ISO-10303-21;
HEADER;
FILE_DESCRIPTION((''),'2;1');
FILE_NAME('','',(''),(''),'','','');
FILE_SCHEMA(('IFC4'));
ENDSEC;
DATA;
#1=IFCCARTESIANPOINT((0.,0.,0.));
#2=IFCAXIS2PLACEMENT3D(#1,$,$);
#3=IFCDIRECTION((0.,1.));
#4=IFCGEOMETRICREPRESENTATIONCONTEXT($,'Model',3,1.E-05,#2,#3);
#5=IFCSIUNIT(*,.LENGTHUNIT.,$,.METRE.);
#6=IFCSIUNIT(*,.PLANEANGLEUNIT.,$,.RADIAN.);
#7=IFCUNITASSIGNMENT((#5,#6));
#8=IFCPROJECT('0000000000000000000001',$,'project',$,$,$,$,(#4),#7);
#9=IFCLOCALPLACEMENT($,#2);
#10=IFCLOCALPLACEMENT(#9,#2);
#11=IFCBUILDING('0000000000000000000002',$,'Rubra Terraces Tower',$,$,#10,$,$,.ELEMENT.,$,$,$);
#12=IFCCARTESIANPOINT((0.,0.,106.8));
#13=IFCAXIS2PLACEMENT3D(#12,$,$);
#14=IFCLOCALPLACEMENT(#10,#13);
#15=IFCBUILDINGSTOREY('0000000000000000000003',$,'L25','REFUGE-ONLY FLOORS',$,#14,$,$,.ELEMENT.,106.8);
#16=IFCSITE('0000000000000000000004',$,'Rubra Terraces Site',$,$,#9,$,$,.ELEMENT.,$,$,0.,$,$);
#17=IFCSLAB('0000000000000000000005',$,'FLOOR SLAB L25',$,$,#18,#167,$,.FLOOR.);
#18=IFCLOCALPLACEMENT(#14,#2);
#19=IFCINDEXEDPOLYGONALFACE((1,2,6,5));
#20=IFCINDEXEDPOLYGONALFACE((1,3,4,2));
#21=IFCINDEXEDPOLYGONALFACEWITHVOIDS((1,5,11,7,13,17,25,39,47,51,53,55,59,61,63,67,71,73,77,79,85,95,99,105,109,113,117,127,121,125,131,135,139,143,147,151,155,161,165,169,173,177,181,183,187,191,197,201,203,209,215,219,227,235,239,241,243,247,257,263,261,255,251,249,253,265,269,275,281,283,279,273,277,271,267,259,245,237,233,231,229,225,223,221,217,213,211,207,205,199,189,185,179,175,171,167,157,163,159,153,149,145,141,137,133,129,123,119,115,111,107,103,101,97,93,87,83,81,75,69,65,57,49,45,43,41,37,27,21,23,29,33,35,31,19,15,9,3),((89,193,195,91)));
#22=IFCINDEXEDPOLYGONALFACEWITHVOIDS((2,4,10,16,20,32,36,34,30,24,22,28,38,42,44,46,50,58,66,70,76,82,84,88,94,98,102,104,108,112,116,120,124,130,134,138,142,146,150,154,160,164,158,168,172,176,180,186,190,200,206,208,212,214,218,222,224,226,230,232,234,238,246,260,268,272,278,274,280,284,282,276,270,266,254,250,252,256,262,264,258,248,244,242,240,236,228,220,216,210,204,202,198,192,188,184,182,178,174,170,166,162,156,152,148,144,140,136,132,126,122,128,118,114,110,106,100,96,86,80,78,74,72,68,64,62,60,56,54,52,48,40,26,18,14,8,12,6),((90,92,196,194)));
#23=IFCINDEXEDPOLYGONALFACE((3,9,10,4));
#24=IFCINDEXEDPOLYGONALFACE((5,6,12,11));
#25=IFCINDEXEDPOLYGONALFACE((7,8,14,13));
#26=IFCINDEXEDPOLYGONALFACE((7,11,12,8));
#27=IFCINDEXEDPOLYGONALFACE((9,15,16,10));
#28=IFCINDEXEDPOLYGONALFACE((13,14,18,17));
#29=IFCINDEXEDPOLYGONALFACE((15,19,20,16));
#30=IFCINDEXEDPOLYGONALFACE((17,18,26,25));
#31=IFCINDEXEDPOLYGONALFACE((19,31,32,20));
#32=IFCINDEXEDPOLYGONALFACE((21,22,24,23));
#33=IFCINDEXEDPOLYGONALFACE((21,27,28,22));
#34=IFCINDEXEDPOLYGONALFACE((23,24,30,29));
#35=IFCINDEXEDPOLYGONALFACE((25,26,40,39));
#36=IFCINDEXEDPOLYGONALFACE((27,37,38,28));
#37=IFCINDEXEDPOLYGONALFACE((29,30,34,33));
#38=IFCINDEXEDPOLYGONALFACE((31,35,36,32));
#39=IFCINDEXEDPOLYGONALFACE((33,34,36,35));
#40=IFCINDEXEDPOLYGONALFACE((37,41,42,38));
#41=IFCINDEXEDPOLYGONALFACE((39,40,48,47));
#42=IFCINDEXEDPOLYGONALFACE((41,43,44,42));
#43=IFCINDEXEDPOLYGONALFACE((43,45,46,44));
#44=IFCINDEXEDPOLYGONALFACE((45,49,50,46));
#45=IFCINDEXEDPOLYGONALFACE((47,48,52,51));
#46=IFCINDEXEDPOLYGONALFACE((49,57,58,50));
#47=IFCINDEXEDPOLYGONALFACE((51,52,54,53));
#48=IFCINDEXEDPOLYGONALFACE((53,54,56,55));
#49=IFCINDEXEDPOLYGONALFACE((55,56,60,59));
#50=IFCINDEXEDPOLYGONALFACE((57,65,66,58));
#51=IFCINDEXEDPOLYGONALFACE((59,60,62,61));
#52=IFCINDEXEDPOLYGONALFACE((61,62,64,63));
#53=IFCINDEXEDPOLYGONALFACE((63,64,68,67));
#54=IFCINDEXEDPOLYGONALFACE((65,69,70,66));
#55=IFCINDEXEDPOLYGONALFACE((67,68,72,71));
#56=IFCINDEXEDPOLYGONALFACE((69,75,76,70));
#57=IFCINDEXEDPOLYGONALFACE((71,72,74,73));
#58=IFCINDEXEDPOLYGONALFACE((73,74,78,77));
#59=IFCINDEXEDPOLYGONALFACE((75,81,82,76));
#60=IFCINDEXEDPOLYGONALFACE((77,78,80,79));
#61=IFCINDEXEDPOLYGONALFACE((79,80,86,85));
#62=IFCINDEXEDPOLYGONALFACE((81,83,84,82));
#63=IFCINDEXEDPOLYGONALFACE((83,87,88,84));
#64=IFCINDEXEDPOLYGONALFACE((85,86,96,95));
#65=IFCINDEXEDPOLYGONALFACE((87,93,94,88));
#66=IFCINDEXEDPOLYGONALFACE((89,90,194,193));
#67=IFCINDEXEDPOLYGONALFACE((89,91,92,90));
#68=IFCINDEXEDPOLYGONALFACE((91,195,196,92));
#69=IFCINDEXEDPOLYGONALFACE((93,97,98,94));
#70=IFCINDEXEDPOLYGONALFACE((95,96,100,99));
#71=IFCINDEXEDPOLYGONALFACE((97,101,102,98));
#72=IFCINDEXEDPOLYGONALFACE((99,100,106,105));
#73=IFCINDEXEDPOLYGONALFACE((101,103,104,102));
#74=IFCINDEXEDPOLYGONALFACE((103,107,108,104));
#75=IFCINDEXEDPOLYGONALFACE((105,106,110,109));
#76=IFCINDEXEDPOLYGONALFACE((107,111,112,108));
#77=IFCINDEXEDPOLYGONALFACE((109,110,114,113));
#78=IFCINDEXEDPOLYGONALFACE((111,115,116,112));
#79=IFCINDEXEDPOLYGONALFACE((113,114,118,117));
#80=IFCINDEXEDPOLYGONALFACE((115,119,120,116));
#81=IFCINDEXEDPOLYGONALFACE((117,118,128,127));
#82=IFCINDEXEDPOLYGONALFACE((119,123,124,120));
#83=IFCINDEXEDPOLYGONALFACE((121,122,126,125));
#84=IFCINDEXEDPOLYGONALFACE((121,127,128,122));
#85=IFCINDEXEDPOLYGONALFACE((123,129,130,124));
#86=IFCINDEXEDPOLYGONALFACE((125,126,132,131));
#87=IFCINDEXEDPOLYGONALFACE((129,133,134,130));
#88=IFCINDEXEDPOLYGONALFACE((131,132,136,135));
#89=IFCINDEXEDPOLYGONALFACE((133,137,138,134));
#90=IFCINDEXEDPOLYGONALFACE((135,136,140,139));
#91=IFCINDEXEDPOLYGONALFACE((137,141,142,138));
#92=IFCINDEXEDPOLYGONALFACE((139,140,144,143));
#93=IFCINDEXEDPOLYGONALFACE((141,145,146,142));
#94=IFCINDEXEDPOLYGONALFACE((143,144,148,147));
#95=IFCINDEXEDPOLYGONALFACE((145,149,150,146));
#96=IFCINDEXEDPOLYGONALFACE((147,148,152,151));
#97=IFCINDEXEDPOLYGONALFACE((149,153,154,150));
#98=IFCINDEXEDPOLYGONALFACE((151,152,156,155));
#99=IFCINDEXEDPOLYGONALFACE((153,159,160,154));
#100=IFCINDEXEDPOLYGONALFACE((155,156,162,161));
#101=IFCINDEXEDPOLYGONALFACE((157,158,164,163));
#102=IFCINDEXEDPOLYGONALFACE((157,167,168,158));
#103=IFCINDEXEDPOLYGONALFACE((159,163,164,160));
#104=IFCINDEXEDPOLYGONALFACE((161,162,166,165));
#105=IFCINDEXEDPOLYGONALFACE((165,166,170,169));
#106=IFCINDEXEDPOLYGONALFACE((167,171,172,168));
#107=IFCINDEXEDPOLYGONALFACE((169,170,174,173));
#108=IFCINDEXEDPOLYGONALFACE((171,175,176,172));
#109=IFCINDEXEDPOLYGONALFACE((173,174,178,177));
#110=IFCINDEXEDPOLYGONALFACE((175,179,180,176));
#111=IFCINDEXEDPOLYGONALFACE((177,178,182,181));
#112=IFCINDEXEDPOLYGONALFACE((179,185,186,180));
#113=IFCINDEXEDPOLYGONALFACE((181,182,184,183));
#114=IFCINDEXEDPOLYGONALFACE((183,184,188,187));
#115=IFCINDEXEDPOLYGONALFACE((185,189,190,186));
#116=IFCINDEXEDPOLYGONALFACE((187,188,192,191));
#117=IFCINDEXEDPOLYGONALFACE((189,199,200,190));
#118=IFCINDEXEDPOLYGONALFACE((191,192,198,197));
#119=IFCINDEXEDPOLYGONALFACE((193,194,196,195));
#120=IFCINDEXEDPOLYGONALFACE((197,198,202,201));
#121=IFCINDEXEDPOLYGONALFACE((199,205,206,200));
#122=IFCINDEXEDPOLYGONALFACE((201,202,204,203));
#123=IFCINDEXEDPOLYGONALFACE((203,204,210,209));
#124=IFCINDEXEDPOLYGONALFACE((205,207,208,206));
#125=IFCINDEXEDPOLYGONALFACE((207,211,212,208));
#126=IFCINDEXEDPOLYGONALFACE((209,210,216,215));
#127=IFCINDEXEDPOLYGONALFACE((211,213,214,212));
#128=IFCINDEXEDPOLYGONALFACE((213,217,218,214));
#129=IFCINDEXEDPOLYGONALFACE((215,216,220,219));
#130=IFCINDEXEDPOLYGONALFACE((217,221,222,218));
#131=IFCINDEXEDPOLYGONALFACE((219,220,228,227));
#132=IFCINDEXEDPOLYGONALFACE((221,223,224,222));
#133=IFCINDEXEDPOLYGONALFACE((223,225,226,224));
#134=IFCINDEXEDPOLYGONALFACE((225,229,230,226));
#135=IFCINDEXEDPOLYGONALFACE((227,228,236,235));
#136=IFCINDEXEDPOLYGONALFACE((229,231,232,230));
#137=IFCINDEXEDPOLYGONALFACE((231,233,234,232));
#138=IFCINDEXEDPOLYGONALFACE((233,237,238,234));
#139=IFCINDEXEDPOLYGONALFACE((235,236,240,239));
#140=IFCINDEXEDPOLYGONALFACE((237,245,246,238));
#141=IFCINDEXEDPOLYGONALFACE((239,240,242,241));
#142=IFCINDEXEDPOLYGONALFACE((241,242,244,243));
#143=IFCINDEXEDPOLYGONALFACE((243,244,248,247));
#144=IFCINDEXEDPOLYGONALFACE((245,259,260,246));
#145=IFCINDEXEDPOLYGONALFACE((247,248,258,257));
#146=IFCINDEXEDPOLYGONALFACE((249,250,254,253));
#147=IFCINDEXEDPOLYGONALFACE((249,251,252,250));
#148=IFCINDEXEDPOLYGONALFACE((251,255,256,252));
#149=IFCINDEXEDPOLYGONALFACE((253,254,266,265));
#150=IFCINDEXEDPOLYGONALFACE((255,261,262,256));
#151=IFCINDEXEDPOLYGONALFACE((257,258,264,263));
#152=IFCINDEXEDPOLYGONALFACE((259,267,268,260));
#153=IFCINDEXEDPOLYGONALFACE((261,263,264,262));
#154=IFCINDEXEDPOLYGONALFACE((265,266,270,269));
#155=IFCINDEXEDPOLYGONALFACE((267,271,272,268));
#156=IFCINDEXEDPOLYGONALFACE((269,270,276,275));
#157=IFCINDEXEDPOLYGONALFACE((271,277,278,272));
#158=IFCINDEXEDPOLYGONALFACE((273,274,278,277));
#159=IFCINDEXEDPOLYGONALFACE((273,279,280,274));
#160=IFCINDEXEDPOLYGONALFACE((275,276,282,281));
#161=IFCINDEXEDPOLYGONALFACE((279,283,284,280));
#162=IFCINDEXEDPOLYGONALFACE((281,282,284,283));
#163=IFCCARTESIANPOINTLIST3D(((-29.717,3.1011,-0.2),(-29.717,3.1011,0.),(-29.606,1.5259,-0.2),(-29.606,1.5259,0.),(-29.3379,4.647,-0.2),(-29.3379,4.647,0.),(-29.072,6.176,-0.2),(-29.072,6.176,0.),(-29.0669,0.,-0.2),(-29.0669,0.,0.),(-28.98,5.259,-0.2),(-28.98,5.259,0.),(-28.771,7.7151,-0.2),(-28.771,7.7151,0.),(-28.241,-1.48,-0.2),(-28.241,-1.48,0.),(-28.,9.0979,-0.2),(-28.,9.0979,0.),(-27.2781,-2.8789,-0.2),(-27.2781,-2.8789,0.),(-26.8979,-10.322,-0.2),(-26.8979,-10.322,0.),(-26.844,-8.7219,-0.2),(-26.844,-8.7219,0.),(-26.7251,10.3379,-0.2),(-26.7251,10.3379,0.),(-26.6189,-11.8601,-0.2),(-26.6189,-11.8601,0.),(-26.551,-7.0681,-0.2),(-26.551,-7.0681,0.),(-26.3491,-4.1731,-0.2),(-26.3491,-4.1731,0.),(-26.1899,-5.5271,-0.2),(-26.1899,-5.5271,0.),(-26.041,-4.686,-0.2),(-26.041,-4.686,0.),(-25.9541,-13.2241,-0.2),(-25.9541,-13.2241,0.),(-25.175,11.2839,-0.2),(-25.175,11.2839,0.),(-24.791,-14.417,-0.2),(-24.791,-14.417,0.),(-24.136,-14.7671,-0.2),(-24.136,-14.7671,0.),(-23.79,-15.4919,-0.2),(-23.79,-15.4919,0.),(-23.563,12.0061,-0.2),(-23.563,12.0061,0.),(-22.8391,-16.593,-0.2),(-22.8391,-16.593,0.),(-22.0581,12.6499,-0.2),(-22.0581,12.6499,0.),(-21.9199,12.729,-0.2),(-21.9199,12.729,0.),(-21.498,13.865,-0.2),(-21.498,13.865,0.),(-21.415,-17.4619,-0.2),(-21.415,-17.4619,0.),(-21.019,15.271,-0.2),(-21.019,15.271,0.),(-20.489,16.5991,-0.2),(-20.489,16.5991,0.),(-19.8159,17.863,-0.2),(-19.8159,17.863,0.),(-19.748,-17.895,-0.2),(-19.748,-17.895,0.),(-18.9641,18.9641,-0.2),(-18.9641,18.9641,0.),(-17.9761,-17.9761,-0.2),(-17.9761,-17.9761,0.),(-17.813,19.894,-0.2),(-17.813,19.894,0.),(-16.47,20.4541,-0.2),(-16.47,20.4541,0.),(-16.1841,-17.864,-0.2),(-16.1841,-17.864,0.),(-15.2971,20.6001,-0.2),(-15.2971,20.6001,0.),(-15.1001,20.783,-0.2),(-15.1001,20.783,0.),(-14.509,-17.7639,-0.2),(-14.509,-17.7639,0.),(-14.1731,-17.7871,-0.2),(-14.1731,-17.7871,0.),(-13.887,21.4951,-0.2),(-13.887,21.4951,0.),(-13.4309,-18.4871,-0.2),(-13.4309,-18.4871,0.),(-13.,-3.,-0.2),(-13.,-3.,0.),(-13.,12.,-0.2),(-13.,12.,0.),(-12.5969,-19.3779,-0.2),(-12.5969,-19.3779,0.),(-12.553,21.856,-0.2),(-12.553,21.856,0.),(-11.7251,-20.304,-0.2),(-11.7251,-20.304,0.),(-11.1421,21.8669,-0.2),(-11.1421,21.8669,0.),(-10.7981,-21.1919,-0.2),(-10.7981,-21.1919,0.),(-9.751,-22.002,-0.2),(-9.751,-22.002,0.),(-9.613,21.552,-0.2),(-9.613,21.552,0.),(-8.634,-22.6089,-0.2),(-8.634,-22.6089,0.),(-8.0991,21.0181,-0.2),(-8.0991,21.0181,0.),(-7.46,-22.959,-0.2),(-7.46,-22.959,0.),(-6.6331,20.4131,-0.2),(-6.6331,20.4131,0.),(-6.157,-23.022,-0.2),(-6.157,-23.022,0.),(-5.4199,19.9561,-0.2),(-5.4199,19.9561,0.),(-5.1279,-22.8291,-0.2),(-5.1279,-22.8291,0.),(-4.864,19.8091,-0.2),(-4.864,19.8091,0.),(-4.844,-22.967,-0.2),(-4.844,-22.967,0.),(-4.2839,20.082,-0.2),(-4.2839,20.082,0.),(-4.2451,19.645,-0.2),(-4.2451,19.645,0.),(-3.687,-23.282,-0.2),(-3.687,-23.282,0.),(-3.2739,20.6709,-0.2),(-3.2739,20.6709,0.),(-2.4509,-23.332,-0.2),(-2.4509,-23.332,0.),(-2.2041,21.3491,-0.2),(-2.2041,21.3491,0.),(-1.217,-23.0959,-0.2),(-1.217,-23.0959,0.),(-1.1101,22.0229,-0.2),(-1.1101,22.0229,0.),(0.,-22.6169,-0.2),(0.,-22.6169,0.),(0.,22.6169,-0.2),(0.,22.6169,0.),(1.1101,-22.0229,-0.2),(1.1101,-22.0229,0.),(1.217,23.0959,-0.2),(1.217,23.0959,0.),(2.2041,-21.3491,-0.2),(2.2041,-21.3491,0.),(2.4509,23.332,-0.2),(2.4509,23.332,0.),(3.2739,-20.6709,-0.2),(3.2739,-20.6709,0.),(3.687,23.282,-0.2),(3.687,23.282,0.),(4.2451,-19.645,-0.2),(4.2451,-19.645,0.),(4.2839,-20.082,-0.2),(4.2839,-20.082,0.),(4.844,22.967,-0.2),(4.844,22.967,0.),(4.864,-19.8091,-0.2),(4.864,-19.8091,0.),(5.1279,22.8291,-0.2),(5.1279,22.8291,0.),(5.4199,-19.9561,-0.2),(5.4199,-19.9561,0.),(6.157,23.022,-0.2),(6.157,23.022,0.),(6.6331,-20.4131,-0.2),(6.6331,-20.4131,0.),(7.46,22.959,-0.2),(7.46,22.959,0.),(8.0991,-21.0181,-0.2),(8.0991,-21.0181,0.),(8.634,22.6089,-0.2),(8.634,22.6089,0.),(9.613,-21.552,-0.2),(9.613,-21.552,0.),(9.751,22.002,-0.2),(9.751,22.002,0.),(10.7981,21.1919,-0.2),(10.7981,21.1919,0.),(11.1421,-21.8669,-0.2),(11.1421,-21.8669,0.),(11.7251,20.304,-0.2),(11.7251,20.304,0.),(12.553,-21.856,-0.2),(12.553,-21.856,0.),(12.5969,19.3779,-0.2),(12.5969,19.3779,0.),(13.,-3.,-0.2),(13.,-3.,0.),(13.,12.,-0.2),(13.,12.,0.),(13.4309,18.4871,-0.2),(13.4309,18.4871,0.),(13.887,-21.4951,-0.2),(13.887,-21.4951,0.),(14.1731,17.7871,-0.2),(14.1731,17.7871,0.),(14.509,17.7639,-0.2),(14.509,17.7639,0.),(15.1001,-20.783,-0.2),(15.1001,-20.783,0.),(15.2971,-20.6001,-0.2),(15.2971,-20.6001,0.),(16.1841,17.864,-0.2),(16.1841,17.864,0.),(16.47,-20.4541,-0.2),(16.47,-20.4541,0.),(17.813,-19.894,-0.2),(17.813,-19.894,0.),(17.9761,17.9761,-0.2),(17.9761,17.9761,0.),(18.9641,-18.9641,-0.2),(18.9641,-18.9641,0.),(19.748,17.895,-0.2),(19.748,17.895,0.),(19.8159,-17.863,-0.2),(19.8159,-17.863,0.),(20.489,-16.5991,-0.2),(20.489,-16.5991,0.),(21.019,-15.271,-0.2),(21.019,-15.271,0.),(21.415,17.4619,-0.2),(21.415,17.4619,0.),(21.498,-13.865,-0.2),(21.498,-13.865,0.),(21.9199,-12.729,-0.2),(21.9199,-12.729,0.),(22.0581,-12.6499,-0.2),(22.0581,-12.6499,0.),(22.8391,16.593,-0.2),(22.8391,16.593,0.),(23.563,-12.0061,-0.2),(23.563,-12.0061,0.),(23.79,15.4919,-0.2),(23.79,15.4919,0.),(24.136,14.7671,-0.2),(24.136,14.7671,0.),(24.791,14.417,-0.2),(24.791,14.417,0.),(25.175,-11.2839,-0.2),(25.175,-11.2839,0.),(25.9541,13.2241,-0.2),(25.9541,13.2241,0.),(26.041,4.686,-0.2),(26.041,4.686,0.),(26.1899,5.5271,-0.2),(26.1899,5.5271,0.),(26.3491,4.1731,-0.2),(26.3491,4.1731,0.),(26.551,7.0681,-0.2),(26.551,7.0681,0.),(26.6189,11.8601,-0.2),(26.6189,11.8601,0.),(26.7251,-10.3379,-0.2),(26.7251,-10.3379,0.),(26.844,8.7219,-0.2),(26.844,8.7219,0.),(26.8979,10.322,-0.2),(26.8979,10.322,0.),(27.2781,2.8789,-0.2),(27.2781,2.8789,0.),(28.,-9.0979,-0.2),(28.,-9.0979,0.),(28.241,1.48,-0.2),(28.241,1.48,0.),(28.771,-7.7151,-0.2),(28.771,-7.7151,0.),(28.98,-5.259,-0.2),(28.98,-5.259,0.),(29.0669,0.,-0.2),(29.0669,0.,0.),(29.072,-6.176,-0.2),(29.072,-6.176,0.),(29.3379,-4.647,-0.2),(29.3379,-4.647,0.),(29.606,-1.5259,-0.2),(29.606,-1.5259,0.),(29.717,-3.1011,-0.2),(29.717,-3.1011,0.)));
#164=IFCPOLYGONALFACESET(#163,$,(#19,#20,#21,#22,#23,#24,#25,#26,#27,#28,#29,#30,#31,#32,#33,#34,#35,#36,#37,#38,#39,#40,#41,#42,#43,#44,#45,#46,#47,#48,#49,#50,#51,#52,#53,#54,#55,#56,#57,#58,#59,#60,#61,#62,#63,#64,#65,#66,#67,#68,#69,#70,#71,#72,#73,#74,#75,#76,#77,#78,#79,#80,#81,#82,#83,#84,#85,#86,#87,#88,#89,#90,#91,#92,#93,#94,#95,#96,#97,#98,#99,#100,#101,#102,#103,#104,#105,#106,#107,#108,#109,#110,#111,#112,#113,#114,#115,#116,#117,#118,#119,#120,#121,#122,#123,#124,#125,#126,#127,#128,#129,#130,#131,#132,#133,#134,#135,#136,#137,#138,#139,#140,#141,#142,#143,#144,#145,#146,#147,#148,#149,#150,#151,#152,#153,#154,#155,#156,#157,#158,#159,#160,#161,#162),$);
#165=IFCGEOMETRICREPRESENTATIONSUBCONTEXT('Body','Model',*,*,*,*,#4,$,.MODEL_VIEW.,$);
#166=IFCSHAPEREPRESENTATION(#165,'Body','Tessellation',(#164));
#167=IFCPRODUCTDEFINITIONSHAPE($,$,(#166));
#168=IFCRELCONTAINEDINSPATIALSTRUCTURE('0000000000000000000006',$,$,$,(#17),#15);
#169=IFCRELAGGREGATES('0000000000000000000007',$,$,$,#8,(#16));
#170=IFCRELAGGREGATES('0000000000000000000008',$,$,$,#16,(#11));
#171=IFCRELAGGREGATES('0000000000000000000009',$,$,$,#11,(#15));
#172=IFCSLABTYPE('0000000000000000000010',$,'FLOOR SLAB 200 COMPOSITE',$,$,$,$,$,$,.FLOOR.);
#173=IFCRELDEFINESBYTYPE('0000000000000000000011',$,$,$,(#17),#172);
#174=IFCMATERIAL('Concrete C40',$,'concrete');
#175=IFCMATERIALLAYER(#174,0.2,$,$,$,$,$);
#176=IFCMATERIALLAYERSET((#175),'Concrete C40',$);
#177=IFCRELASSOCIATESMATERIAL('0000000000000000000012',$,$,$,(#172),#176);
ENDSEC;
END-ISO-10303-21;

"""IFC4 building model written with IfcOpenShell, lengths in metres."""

from ifc_helpers import new_model, si_unit, direction, frame, origin, place, context, subcontext, project, spatial, polyline, outline, extrude, material, layer, layer_set, type_object, element, save


model = new_model("IFC4")

# Units and contexts
model_context = context("Model", 3, precision=1e-05, world=origin(), true_north=direction((0.0, 1.0)))
body_context = subcontext(model_context, "Body", "Model", "MODEL_VIEW")
ifc_project = project(units=[si_unit("LENGTHUNIT", "METRE"), si_unit("PLANEANGLEUNIT", "RADIAN")], contexts=[model_context])

# Site, building, storey
site_placement = place(None, origin())
site = spatial("IfcSite", under=ifc_project, at=site_placement, Name="Rubra Terraces Site", CompositionType="ELEMENT", RefElevation=0.0)
building_placement = place(site_placement, origin())
building = spatial("IfcBuilding", under=site, at=building_placement, Name="Rubra Terraces Tower", CompositionType="ELEMENT")
storey_placement = place(building_placement, frame((0.0, 0.0, 106.8)))
storey = spatial("IfcBuildingStorey", under=building, at=storey_placement, Name="L25", Description="REFUGE-ONLY FLOORS", CompositionType="ELEMENT", Elevation=106.8)

# Slab
ifc_material_1 = material(Name="Concrete C40", Category="concrete")
ifc_layer_1 = layer(ifc_material_1, 0.2)
ifc_layer_set_1 = layer_set([ifc_layer_1], Name="Concrete C40")
slab_type_1 = type_object("IfcSlabType", Name="FLOOR SLAB 200 COMPOSITE", PredefinedType="FLOOR", material=ifc_layer_set_1)
slab_1_placement = place(storey_placement, frame((0.0, 0.0, -0.2)))
element("IfcSlab", 1, at=slab_1_placement, inside=storey, type_object=slab_type_1, Name="FLOOR SLAB L25", PredefinedType="FLOOR", context=body_context, shape_type="SweptSolid", body=[
    extrude(outline(polyline([(15.1001, -20.783), (15.2971, -20.6001), (16.47, -20.4541), (17.813, -19.894), (18.9641, -18.9641), (19.8159, -17.863), (20.489, -16.5991), (21.019, -15.271), (21.498, -13.865), (21.9199, -12.729), (22.0581, -12.6499), (23.563, -12.0061), (25.175, -11.2839), (26.7251, -10.3379), (28.0, -9.0979), (28.771, -7.7151), (29.072, -6.176), (28.98, -5.259), (29.3379, -4.647), (29.717, -3.1011), (29.606, -1.5259), (29.0669, 0.0), (28.241, 1.48), (27.2781, 2.8789), (26.3491, 4.1731), (26.041, 4.686), (26.1899, 5.5271), (26.551, 7.0681), (26.844, 8.7219), (26.8979, 10.322), (26.6189, 11.8601), (25.9541, 13.2241), (24.791, 14.417), (24.136, 14.7671), (23.79, 15.4919), (22.8391, 16.593), (21.415, 17.4619), (19.748, 17.895), (17.9761, 17.9761), (16.1841, 17.864), (14.509, 17.7639), (14.1731, 17.7871), (13.4309, 18.4871), (12.5969, 19.3779), (11.7251, 20.304), (10.7981, 21.1919), (9.751, 22.002), (8.634, 22.6089), (7.46, 22.959), (6.157, 23.022), (5.1279, 22.8291), (4.844, 22.967), (3.687, 23.282), (2.4509, 23.332), (1.217, 23.0959), (0.0, 22.6169), (-1.1101, 22.0229), (-2.2041, 21.3491), (-3.2739, 20.6709), (-4.2839, 20.082), (-4.864, 19.8091), (-4.2451, 19.645), (-5.4199, 19.9561), (-6.6331, 20.4131), (-8.0991, 21.0181), (-9.613, 21.552), (-11.1421, 21.8669), (-12.553, 21.856), (-13.887, 21.4951), (-15.1001, 20.783), (-15.2971, 20.6001), (-16.47, 20.4541), (-17.813, 19.894), (-18.9641, 18.9641), (-19.8159, 17.863), (-20.489, 16.5991), (-21.019, 15.271), (-21.498, 13.865), (-21.9199, 12.729), (-22.0581, 12.6499), (-23.563, 12.0061), (-25.175, 11.2839), (-26.7251, 10.3379), (-28.0, 9.0979), (-28.771, 7.7151), (-29.072, 6.176), (-28.98, 5.259), (-29.3379, 4.647), (-29.717, 3.1011), (-29.606, 1.5259), (-29.0669, 0.0), (-28.241, -1.48), (-27.2781, -2.8789), (-26.3491, -4.1731), (-26.041, -4.686), (-26.1899, -5.5271), (-26.551, -7.0681), (-26.844, -8.7219), (-26.8979, -10.322), (-26.6189, -11.8601), (-25.9541, -13.2241), (-24.791, -14.417), (-24.136, -14.7671), (-23.79, -15.4919), (-22.8391, -16.593), (-21.415, -17.4619), (-19.748, -17.895), (-17.9761, -17.9761), (-16.1841, -17.864), (-14.509, -17.7639), (-14.1731, -17.7871), (-13.4309, -18.4871), (-12.5969, -19.3779), (-11.7251, -20.304), (-10.7981, -21.1919), (-9.751, -22.002), (-8.634, -22.6089), (-7.46, -22.959), (-6.157, -23.022), (-5.1279, -22.8291), (-4.844, -22.967), (-3.687, -23.282), (-2.4509, -23.332), (-1.217, -23.0959), (0.0, -22.6169), (1.1101, -22.0229), (2.2041, -21.3491), (3.2739, -20.6709), (4.2839, -20.082), (4.864, -19.8091), (4.2451, -19.645), (5.4199, -19.9561), (6.6331, -20.4131), (8.0991, -21.0181), (9.613, -21.552), (11.1421, -21.8669), (12.553, -21.856), (13.887, -21.4951), (15.1001, -20.783)]), holes=[polyline([(13.0, 12.0), (13.0, -3.0), (-13.0, -3.0), (-13.0, 12.0), (13.0, 12.0)])]), origin(), (0.0, 0.0, 1.0), 0.2),
])

save(model, "model.ifc")
